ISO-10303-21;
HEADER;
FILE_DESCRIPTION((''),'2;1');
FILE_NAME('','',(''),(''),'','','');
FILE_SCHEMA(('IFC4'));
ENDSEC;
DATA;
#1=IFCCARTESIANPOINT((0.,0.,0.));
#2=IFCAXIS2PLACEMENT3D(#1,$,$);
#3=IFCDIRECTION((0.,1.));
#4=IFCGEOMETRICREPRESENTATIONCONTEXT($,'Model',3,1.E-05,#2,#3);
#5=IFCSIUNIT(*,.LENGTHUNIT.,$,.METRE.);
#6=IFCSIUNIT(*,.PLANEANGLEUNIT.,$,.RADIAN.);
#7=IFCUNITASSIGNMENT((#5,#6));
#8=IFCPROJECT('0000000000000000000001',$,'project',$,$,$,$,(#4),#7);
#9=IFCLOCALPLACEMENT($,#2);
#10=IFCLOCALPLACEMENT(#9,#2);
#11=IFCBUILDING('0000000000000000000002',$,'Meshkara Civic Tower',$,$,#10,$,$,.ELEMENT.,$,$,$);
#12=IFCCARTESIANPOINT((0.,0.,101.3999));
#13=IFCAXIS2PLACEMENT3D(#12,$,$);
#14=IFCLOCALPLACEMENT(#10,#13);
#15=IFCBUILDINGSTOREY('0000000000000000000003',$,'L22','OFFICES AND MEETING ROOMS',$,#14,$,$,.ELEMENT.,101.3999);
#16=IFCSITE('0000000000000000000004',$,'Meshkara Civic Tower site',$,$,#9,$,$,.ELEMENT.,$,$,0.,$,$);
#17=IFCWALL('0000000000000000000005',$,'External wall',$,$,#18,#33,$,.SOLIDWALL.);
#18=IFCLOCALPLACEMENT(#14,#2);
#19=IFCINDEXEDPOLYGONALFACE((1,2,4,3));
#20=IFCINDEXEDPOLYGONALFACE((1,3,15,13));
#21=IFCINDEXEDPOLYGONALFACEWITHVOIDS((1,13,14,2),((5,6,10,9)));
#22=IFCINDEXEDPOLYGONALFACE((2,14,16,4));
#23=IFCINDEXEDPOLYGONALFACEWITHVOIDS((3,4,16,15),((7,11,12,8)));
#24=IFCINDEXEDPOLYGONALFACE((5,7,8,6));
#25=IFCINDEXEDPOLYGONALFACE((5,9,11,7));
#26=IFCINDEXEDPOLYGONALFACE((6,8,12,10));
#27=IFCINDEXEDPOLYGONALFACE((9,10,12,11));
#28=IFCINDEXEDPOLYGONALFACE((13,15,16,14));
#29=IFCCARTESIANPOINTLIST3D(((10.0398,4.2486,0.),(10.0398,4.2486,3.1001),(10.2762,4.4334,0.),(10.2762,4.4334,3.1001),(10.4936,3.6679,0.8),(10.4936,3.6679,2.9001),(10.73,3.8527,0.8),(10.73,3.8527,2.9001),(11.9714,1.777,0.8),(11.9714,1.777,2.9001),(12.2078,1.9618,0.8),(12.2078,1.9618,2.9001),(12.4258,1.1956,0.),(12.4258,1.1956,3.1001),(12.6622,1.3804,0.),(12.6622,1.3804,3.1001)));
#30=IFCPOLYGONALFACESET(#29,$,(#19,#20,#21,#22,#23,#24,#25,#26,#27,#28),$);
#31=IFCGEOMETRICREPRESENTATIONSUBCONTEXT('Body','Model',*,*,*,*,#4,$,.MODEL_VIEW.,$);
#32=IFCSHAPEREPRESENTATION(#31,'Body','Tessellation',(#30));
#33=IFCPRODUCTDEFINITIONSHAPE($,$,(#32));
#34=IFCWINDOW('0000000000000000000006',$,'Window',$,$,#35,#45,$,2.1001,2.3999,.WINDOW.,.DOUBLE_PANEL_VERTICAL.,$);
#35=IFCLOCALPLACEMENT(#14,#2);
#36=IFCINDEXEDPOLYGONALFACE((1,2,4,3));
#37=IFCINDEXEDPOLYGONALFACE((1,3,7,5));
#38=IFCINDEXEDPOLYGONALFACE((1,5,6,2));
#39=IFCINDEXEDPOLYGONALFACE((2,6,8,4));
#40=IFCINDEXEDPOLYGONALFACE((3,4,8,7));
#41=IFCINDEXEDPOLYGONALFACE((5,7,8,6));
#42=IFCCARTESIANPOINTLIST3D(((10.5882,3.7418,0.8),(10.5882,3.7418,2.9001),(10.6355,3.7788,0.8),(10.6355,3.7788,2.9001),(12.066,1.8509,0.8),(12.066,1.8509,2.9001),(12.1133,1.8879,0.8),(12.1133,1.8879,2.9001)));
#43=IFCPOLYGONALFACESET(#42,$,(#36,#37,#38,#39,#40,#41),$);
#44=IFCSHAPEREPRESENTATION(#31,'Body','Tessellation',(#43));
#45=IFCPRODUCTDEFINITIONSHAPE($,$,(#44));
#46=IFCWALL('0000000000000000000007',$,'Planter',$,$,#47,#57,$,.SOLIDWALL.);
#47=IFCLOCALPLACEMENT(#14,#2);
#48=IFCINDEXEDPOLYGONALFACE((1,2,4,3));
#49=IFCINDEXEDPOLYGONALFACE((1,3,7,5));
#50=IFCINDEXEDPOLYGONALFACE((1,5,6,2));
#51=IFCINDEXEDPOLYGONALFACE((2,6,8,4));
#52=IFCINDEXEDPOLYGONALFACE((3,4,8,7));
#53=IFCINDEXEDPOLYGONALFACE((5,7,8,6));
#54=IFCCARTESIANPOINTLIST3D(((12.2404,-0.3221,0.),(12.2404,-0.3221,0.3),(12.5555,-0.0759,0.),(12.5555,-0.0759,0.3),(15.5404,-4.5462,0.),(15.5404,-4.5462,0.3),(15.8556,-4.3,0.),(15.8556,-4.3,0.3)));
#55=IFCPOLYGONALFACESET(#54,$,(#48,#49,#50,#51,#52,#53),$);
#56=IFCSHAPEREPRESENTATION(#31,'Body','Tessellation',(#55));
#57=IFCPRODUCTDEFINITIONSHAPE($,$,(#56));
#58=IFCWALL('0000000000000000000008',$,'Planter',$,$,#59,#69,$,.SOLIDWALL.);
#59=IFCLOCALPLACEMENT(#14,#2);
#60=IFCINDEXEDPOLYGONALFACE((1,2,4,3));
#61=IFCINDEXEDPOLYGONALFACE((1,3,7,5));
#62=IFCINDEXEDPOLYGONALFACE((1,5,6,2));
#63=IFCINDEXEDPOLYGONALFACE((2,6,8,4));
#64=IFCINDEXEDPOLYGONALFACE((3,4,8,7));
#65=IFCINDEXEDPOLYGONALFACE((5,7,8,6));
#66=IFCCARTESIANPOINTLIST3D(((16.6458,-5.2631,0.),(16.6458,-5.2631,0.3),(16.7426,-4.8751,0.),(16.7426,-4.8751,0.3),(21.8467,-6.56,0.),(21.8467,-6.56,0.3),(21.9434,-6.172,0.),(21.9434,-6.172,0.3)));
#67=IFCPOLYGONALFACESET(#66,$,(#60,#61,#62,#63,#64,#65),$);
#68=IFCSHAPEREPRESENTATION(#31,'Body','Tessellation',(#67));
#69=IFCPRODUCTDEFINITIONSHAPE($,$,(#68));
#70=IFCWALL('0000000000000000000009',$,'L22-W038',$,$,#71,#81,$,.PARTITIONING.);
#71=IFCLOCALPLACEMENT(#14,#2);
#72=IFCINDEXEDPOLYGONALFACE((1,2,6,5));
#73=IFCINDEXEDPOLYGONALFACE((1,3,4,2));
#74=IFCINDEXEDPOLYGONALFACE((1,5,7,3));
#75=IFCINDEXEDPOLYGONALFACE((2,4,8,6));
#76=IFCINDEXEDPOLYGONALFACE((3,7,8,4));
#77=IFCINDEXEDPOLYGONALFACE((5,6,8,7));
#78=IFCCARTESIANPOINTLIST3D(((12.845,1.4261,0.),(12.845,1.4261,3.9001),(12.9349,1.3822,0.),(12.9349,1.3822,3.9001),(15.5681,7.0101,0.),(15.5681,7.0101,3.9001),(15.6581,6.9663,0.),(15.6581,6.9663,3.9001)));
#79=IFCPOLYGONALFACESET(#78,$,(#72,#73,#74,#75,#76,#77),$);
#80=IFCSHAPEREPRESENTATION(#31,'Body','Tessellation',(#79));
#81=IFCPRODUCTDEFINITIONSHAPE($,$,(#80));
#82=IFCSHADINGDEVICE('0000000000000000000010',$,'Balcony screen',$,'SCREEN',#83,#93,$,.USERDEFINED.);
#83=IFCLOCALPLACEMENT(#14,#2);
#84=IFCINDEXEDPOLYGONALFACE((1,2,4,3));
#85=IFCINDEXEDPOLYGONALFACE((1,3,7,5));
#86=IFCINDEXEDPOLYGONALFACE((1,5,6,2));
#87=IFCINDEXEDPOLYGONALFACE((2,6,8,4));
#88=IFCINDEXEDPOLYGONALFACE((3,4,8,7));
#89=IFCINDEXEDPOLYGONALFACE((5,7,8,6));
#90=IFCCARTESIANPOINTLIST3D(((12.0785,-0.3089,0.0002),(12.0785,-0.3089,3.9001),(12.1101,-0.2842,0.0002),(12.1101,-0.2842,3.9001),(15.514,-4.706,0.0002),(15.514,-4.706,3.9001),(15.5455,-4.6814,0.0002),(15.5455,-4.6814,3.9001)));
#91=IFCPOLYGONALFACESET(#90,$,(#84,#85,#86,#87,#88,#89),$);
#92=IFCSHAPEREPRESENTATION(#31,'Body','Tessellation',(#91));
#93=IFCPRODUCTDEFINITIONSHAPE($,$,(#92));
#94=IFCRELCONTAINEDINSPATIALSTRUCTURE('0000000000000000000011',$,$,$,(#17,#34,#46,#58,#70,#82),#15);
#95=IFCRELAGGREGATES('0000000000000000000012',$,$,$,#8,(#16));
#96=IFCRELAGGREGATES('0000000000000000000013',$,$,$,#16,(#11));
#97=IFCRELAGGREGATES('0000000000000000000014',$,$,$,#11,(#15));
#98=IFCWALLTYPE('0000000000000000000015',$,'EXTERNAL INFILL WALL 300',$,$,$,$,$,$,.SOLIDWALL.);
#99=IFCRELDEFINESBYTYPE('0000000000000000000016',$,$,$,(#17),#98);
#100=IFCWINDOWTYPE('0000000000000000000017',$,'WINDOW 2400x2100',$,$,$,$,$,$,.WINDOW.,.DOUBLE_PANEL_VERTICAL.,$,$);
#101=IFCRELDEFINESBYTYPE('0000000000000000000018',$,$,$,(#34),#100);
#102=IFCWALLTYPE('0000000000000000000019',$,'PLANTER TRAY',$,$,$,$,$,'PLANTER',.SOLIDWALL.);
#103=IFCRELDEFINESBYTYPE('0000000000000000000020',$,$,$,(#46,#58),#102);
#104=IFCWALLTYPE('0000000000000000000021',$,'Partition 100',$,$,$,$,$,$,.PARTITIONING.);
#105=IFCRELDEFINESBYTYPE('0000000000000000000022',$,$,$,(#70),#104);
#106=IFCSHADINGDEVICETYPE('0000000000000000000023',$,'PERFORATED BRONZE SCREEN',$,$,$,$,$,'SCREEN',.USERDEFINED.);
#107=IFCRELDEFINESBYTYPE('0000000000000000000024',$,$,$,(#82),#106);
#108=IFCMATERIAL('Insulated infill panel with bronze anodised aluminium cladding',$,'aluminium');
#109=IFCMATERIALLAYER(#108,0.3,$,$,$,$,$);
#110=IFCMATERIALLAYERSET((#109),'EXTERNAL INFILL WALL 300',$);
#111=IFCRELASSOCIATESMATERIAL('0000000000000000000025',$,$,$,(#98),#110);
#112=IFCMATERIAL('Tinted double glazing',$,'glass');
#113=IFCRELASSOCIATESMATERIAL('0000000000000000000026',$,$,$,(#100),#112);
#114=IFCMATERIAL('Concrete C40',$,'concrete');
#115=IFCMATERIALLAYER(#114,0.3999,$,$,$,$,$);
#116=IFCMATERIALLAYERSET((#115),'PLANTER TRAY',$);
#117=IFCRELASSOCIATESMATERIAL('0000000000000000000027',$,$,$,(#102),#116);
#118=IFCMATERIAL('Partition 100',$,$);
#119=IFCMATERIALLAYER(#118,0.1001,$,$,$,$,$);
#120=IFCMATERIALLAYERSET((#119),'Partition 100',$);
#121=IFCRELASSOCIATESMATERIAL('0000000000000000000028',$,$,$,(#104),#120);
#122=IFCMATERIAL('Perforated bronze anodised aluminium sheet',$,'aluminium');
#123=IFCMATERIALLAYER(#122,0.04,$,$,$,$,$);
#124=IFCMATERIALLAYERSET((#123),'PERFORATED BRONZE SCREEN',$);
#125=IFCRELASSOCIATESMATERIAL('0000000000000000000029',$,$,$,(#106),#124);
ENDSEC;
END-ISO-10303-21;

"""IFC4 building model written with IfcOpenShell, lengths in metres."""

from ifc_helpers import new_model, si_unit, direction, frame, frame_2d, origin, origin_2d, place, context, subcontext, project, spatial, rectangle, extrude, material, layer, layer_set, type_object, element, fill, save


model = new_model("IFC4")

# Units and contexts
model_context = context("Model", 3, precision=1e-05, world=origin(), true_north=direction((0.0, 1.0)))
body_context = subcontext(model_context, "Body", "Model", "MODEL_VIEW")
ifc_project = project(units=[si_unit("LENGTHUNIT", "METRE"), si_unit("PLANEANGLEUNIT", "RADIAN")], contexts=[model_context])

# Site, building, storey
site_placement = place(None, origin())
site = spatial("IfcSite", under=ifc_project, at=site_placement, Name="Meshkara Civic Tower site", CompositionType="ELEMENT", RefElevation=0.0)
building_placement = place(site_placement, origin())
building = spatial("IfcBuilding", under=site, at=building_placement, Name="Meshkara Civic Tower", CompositionType="ELEMENT")
storey_placement = place(building_placement, frame((0.0, 0.0, 101.3999)))
storey = spatial("IfcBuildingStorey", under=building, at=storey_placement, Name="L22", Description="OFFICES AND MEETING ROOMS", CompositionType="ELEMENT", Elevation=101.3999)

# Wall, opening, window
ifc_material_1 = material(Name="Insulated infill panel with bronze anodised aluminium cladding", Category="aluminium")
ifc_layer_1 = layer(ifc_material_1, 0.3)
ifc_layer_set_1 = layer_set([ifc_layer_1], Name="EXTERNAL INFILL WALL 300")
wall_type_1 = type_object("IfcWallType", Name="EXTERNAL INFILL WALL 300", PredefinedType="SOLIDWALL", material=ifc_layer_set_1)
wall_1_placement = place(storey_placement, frame((10.158, 4.3411, 0.0), z_axis=(0.0, 0.0, 1.0), x_axis=(0.61578, -0.787918, 0.0)))
wall_1 = element("IfcWall", 1, at=wall_1_placement, inside=storey, type_object=wall_type_1, Name="External wall", PredefinedType="SOLIDWALL", context=body_context, shape_type="SweptSolid", body=[
    extrude(rectangle(XDim=3.8748, YDim=0.3, at=frame_2d((1.9375, 0.0))), origin(), (0.0, 0.0, 1.0), 3.1001),
])
opening_1_placement = place(wall_1_placement, frame((0.7371, 0.0, 0.8)))
opening_1 = element("IfcOpeningElement", 2, at=opening_1_placement, cuts=wall_1, PredefinedType="OPENING", context=body_context, shape_type="SweptSolid", body=[
    extrude(rectangle(XDim=2.3999, YDim=2.1001, at=frame_2d((1.2, 1.05))), frame((0.0, 0.1599, 0.0), z_axis=(0.0, -1.0, 0.0), x_axis=(1.0, 0.0, 0.0)), (0.0, 0.0, 1.0), 0.3201),
])
ifc_material_2 = material(Name="Tinted double glazing", Category="glass")
window_type = type_object("IfcWindowType", Name="WINDOW 2400x2100", PartitioningType="DOUBLE_PANEL_VERTICAL", PredefinedType="WINDOW", material=ifc_material_2)
window_placement = place(opening_1_placement, origin())
window = element("IfcWindow", 3, at=window_placement, inside=storey, type_object=window_type, Name="Window", OverallHeight=2.1001, OverallWidth=2.3999, PartitioningType="DOUBLE_PANEL_VERTICAL", PredefinedType="WINDOW", context=body_context, shape_type="SweptSolid", body=[
    extrude(rectangle(XDim=2.3999, YDim=2.1001, at=frame_2d((1.2, 1.05))), frame((0.0, 0.03, 0.0), z_axis=(0.0, -1.0, 0.0), x_axis=(1.0, 0.0, 0.0)), (0.0, 0.0, 1.0), 0.0601),
])
fill(opening_1, window)

# Walls
ifc_material_3 = material(Name="Concrete C40", Category="concrete")
ifc_layer_2 = layer(ifc_material_3, 0.3999)
ifc_layer_set_2 = layer_set([ifc_layer_2], Name="PLANTER TRAY")
wall_type_2 = type_object("IfcWallType", Name="PLANTER TRAY", ElementType="PLANTER", PredefinedType="SOLIDWALL", material=ifc_layer_set_2)
wall_2_placement = place(storey_placement, frame((12.3979, -0.199, 0.0), z_axis=(0.0, 0.0, 1.0), x_axis=(0.615639, -0.788029, 0.0)))
element("IfcWall", 4, at=wall_2_placement, inside=storey, type_object=wall_type_2, Name="Planter", PredefinedType="SOLIDWALL", context=body_context, shape_type="SweptSolid", body=[
    extrude(rectangle(XDim=5.3604, YDim=0.3999, at=frame_2d((2.6802, 0.0))), origin(), (0.0, 0.0, 1.0), 0.3),
])
wall_3_placement = place(storey_placement, frame((16.6941, -5.0691, 0.0), z_axis=(0.0, 0.0, 1.0), x_axis=(0.97029, -0.241946, 0.0)))
element("IfcWall", 5, at=wall_3_placement, inside=storey, type_object=wall_type_2, Name="Planter", PredefinedType="SOLIDWALL", context=body_context, shape_type="SweptSolid", body=[
    extrude(rectangle(XDim=5.3601, YDim=0.3999, at=frame_2d((2.6802, 0.0))), origin(), (0.0, 0.0, 1.0), 0.3),
])
ifc_material_4 = material(Name="Partition 100")
ifc_layer_3 = layer(ifc_material_4, 0.1001)
ifc_layer_set_3 = layer_set([ifc_layer_3], Name="Partition 100")
wall_type_3 = type_object("IfcWallType", Name="Partition 100", PredefinedType="PARTITIONING", material=ifc_layer_set_3)
wall_4_placement = place(storey_placement, frame((12.8899, 1.4041, 0.0), z_axis=(0.0, 0.0, 1.0), x_axis=(0.438326, 0.898816, 0.0)))
element("IfcWall", 6, at=wall_4_placement, inside=storey, type_object=wall_type_3, Name="L22-W038", PredefinedType="PARTITIONING", context=body_context, shape_type="SweptSolid", body=[
    extrude(rectangle(XDim=6.2126, YDim=0.1001, at=frame_2d((3.1064, 0.0))), origin(), (0.0, 0.0, 1.0), 3.9001),
])

# Shading device
ifc_material_5 = material(Name="Perforated bronze anodised aluminium sheet", Category="aluminium")
ifc_layer_4 = layer(ifc_material_5, 0.04)
ifc_layer_set_4 = layer_set([ifc_layer_4], Name="PERFORATED BRONZE SCREEN")
shading_device_type = type_object("IfcShadingDeviceType", Name="PERFORATED BRONZE SCREEN", ElementType="SCREEN", PredefinedType="USERDEFINED", material=ifc_layer_set_4)
shading_device_placement = place(storey_placement, frame((13.812, -2.4951, 0.0002), z_axis=(0.0, 0.0, 1.0), x_axis=(0.615661, -0.788011, 0.0)))
element("IfcShadingDevice", 7, at=shading_device_placement, inside=storey, type_object=shading_device_type, Name="Balcony screen", ObjectType="SCREEN", PredefinedType="USERDEFINED", context=body_context, shape_type="SweptSolid", body=[
    extrude(rectangle(XDim=5.5801, YDim=0.04, at=origin_2d()), origin(), (0.0, 0.0, 1.0), 3.8999),
])

save(model, "model.ifc")
